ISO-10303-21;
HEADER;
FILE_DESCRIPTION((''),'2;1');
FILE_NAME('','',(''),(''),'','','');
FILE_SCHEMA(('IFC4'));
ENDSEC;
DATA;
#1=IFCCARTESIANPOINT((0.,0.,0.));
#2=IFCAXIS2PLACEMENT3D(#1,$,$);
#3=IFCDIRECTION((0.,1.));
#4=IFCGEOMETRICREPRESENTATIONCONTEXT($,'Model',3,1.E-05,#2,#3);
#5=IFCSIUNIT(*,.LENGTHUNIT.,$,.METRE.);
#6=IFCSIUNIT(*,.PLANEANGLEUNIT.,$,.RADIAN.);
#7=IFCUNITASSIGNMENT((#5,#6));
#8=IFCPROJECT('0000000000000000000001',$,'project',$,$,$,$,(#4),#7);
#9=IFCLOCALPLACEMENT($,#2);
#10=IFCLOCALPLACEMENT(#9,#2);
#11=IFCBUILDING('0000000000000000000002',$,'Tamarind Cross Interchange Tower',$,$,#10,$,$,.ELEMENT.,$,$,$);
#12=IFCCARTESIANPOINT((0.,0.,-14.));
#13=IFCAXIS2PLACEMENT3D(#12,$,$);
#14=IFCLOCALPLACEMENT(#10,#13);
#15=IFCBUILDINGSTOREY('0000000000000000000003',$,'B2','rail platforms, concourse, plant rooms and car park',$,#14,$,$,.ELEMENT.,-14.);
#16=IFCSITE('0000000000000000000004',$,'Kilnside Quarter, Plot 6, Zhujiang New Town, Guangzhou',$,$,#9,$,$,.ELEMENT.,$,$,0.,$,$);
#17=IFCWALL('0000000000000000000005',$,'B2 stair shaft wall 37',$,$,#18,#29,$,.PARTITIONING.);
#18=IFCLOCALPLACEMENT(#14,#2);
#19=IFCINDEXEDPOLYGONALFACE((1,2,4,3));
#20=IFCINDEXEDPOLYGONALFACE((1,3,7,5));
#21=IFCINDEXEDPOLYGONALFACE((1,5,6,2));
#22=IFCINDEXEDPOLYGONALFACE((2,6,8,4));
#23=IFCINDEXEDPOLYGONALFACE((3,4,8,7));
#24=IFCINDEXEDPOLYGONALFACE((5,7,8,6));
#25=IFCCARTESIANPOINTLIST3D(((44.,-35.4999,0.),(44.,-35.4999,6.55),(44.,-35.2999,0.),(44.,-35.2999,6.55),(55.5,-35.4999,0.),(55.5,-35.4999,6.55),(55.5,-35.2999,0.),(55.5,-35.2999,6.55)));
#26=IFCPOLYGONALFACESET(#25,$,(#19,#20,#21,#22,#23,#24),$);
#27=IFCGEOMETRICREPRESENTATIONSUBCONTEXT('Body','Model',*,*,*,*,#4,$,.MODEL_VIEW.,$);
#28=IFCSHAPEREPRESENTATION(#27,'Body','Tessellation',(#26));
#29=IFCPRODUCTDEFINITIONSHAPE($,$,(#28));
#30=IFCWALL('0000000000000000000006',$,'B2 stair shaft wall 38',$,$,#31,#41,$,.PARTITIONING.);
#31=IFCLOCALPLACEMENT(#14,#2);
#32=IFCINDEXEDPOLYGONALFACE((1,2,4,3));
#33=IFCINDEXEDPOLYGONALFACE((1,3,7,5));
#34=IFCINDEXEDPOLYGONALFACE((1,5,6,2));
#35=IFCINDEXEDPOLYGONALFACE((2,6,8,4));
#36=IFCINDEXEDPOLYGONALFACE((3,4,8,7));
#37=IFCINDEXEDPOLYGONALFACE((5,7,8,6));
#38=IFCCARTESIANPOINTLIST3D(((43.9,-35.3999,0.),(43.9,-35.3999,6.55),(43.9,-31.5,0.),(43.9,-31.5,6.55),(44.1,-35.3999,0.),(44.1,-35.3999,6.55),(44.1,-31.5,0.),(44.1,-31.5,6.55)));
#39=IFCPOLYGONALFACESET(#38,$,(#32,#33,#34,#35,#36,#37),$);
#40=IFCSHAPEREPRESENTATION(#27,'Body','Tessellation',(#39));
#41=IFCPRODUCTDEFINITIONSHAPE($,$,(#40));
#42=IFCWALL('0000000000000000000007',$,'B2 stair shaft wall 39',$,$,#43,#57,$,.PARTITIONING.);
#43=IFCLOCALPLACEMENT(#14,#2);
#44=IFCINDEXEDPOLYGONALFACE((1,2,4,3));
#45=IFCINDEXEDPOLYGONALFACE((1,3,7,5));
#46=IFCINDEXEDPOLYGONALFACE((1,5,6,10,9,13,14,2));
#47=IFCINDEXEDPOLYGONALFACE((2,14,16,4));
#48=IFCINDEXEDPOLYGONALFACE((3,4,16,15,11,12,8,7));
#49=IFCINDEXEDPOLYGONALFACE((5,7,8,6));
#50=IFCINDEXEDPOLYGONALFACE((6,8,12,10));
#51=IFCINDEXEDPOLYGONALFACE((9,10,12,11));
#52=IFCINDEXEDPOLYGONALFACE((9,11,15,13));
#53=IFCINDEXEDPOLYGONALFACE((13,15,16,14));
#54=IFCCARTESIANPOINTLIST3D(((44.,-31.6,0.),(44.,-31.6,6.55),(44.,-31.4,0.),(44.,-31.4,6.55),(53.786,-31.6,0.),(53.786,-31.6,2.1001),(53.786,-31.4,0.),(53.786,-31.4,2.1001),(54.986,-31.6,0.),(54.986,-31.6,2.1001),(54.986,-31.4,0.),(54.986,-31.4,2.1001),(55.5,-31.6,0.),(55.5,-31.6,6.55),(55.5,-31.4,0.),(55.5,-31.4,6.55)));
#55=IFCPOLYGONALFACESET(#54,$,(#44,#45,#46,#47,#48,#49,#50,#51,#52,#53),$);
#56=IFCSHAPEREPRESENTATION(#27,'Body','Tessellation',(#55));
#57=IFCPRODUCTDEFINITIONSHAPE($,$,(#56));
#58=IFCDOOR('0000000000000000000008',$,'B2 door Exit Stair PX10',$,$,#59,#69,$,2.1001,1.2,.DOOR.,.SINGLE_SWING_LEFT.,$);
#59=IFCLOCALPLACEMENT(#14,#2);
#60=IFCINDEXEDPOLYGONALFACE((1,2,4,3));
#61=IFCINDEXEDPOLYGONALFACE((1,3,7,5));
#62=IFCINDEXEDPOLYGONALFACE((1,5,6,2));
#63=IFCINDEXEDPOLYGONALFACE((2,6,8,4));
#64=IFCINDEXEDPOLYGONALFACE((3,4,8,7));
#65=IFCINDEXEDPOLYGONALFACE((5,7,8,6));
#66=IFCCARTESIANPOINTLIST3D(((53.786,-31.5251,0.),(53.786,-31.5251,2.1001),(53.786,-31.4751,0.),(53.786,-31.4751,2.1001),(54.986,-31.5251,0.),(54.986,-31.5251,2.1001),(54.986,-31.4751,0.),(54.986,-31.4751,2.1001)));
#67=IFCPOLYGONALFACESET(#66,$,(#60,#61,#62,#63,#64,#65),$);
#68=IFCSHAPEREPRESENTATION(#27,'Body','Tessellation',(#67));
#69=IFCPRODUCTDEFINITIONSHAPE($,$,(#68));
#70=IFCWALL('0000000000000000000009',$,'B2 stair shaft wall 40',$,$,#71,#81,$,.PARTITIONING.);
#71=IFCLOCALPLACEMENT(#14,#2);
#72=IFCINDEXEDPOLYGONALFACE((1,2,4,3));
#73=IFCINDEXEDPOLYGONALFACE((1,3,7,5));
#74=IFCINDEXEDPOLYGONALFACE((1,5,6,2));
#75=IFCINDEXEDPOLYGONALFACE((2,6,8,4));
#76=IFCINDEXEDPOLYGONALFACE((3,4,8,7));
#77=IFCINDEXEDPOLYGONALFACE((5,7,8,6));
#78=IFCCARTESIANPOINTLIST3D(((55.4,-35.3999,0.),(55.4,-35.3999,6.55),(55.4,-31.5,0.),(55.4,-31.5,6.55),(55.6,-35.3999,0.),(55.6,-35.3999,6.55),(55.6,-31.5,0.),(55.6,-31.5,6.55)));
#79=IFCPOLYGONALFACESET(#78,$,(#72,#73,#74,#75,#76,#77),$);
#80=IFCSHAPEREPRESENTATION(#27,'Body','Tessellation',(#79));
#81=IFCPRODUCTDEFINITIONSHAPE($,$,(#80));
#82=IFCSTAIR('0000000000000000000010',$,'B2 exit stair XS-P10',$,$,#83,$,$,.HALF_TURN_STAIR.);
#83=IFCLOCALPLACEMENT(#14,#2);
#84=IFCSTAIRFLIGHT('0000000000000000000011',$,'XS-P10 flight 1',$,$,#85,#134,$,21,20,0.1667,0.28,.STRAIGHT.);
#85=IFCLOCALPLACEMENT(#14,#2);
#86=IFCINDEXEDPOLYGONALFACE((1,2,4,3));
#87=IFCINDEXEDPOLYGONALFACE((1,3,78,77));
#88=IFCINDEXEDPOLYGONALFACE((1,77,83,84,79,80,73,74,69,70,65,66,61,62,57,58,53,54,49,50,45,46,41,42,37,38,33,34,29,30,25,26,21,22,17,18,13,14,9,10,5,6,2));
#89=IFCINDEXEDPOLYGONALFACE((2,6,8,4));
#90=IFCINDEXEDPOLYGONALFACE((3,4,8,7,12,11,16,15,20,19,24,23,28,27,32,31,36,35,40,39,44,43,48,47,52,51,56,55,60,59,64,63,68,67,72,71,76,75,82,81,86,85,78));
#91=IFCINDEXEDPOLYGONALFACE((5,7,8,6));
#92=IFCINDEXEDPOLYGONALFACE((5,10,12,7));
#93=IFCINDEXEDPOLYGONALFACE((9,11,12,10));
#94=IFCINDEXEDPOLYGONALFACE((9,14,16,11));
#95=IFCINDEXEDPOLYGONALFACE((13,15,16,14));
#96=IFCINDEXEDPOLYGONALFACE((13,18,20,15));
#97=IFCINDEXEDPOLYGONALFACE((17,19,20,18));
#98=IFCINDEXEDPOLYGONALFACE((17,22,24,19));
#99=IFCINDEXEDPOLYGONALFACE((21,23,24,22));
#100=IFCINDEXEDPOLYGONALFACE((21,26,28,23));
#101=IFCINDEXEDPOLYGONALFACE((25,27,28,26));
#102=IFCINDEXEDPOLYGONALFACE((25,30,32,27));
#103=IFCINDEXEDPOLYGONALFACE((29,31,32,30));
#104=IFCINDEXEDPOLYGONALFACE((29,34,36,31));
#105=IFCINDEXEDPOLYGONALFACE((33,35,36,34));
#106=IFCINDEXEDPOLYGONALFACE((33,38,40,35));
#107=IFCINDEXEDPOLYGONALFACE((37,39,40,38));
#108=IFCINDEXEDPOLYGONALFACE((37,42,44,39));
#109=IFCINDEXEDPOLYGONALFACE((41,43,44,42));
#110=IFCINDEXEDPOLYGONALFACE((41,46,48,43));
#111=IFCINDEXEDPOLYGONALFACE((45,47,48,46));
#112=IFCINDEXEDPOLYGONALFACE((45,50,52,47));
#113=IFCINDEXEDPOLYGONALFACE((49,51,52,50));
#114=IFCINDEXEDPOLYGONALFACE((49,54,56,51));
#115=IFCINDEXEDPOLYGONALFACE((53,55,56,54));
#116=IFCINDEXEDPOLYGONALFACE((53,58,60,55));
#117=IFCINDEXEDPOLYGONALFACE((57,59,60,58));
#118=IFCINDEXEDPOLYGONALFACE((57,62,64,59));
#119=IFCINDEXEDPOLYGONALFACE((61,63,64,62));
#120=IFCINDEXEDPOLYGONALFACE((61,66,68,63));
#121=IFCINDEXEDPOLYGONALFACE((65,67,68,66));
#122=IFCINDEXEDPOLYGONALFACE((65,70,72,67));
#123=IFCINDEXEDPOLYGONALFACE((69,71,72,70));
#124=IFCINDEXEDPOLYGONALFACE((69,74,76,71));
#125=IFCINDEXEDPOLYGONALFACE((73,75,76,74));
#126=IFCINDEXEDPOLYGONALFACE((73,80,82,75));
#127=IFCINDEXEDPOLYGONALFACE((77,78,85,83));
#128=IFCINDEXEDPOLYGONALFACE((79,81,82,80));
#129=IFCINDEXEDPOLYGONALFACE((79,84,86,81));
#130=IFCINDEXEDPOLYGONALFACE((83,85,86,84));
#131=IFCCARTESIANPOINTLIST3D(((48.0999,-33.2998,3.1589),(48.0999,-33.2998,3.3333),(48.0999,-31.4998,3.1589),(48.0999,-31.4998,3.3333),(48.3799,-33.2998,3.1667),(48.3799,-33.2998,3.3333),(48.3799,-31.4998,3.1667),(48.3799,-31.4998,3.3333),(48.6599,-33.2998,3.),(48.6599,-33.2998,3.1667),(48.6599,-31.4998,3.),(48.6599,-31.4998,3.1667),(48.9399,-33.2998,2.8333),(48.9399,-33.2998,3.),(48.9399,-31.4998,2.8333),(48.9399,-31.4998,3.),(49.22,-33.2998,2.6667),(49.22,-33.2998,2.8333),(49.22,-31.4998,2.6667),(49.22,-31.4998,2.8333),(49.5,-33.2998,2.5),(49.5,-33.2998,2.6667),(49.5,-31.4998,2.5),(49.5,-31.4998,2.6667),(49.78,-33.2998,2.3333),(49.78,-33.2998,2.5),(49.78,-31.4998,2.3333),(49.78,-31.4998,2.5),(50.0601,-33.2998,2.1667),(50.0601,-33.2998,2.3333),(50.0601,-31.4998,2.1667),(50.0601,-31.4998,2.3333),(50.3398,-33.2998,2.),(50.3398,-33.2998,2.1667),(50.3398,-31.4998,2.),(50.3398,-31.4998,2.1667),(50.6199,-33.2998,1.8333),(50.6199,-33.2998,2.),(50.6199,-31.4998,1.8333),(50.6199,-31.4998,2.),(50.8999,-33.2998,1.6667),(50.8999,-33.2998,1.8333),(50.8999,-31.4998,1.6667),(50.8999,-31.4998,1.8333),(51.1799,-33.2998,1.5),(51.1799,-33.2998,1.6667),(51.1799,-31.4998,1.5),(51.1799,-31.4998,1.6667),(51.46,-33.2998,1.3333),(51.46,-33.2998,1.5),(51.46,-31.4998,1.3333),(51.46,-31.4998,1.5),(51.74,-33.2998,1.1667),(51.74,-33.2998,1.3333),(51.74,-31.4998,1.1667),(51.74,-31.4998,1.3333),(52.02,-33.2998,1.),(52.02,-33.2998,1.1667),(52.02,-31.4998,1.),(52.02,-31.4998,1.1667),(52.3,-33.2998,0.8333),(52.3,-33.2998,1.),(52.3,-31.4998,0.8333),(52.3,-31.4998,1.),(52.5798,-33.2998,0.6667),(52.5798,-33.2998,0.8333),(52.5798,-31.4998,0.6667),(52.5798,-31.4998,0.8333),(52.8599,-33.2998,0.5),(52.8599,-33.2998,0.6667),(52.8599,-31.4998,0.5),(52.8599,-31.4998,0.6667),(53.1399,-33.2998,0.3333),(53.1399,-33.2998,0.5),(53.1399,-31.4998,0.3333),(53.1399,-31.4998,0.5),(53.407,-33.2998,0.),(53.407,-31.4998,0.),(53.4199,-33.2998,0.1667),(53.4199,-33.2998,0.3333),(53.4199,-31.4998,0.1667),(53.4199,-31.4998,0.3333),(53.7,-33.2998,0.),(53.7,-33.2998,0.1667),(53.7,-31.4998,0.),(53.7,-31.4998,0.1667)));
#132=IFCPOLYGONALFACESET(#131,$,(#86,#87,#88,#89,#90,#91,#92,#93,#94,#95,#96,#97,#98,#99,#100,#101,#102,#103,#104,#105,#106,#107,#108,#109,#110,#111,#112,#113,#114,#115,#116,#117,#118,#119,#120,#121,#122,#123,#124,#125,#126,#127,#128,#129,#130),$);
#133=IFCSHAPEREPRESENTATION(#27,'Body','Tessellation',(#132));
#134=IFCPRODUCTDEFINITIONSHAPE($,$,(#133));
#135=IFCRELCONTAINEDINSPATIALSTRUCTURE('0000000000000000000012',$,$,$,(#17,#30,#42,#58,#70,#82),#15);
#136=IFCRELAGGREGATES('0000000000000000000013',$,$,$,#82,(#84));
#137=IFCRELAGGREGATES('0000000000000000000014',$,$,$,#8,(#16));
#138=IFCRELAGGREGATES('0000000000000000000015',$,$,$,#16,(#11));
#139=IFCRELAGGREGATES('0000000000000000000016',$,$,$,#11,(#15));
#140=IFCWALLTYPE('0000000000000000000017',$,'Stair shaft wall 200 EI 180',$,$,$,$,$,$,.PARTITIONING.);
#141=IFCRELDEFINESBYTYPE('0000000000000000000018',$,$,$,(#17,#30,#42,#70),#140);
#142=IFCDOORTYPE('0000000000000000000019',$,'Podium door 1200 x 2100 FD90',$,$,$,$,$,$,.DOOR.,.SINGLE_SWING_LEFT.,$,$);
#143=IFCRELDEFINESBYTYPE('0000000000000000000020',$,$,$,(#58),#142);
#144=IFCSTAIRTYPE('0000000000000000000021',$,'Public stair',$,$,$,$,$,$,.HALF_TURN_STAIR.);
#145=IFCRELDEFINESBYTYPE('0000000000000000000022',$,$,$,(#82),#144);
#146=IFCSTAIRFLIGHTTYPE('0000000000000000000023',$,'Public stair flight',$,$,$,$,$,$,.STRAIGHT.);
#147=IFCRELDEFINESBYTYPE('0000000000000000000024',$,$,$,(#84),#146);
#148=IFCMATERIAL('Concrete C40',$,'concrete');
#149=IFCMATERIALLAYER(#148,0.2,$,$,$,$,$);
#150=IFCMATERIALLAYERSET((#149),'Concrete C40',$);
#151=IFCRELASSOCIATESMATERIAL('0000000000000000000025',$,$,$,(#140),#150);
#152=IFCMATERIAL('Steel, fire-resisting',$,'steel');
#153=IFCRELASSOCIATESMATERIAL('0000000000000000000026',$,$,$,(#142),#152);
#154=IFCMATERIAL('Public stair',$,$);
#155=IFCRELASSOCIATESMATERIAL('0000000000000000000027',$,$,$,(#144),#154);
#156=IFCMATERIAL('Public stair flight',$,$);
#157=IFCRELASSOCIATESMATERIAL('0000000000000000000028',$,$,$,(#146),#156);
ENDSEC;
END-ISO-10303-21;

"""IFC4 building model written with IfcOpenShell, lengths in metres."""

from ifc_helpers import new_model, si_unit, direction, frame, frame_2d, origin, place, context, subcontext, project, spatial, polyline, rectangle, outline, extrude, material, layer, layer_set, type_object, element, fill, aggregate, save


model = new_model("IFC4")

# Units and contexts
model_context = context("Model", 3, precision=1e-05, world=origin(), true_north=direction((0.0, 1.0)))
body_context = subcontext(model_context, "Body", "Model", "MODEL_VIEW")
ifc_project = project(units=[si_unit("LENGTHUNIT", "METRE"), si_unit("PLANEANGLEUNIT", "RADIAN")], contexts=[model_context])

# Site, building, storey
site_placement = place(None, origin())
site = spatial("IfcSite", under=ifc_project, at=site_placement, Name="Kilnside Quarter, Plot 6, Zhujiang New Town, Guangzhou", CompositionType="ELEMENT", RefElevation=0.0)
building_placement = place(site_placement, origin())
building = spatial("IfcBuilding", under=site, at=building_placement, Name="Tamarind Cross Interchange Tower", CompositionType="ELEMENT")
storey_placement = place(building_placement, frame((0.0, 0.0, -14.0)))
storey = spatial("IfcBuildingStorey", under=building, at=storey_placement, Name="B2", Description="rail platforms, concourse, plant rooms and car park", CompositionType="ELEMENT", Elevation=-14.0)

# Shared definitions
ifc_material_1 = material(Name="Concrete C40", Category="concrete")

# Shared definitions
ifc_material_2 = material(Name="Steel, fire-resisting", Category="steel")

# Walls
ifc_layer_1 = layer(ifc_material_1, 0.2)
ifc_layer_set_1 = layer_set([ifc_layer_1], Name="Concrete C40")
wall_type_1 = type_object("IfcWallType", Name="Stair shaft wall 200 EI 180", PredefinedType="PARTITIONING", material=ifc_layer_set_1)
wall_1_placement = place(storey_placement, frame((44.0, -35.3999, 0.0), z_axis=(0.0, 0.0, 1.0), x_axis=(1.0, 0.0, 0.0)))
element("IfcWall", 1, at=wall_1_placement, inside=storey, type_object=wall_type_1, Name="B2 stair shaft wall 37", PredefinedType="PARTITIONING", context=body_context, shape_type="SweptSolid", body=[
    extrude(rectangle(XDim=11.5, YDim=0.2, at=frame_2d((5.75, 0.0))), origin(), (0.0, 0.0, 1.0), 6.55),
])
wall_2_placement = place(storey_placement, frame((44.0, -35.3999, 0.0), z_axis=(0.0, 0.0, 1.0), x_axis=(0.0, 1.0, 0.0)))
element("IfcWall", 2, at=wall_2_placement, inside=storey, type_object=wall_type_1, Name="B2 stair shaft wall 38", PredefinedType="PARTITIONING", context=body_context, shape_type="SweptSolid", body=[
    extrude(rectangle(XDim=3.8999, YDim=0.2, at=frame_2d((1.95, 0.0))), origin(), (0.0, 0.0, 1.0), 6.55),
])

# Wall, opening, door
wall_3_placement = place(storey_placement, frame((44.0, -31.5, 0.0), z_axis=(0.0, 0.0, 1.0), x_axis=(1.0, 0.0, 0.0)))
wall_3 = element("IfcWall", 3, at=wall_3_placement, inside=storey, type_object=wall_type_1, Name="B2 stair shaft wall 39", PredefinedType="PARTITIONING", context=body_context, shape_type="SweptSolid", body=[
    extrude(rectangle(XDim=11.5, YDim=0.2, at=frame_2d((5.75, 0.0))), origin(), (0.0, 0.0, 1.0), 6.55),
])
opening_1_placement = place(wall_3_placement, frame((9.7859, 0.0, 0.0)))
opening_1 = element("IfcOpeningElement", 4, at=opening_1_placement, cuts=wall_3, PredefinedType="OPENING", context=body_context, shape_type="SweptSolid", body=[
    extrude(rectangle(XDim=1.2, YDim=2.1001, at=frame_2d((0.6001, 1.05))), frame((0.0, 0.1099, 0.0), z_axis=(0.0, -1.0, 0.0), x_axis=(1.0, 0.0, 0.0)), (0.0, 0.0, 1.0), 0.22),
])
door_type_1 = type_object("IfcDoorType", Name="Podium door 1200 x 2100 FD90", OperationType="SINGLE_SWING_LEFT", PredefinedType="DOOR", material=ifc_material_2)
door_1_placement = place(opening_1_placement, origin())
door_1 = element("IfcDoor", 5, at=door_1_placement, inside=storey, type_object=door_type_1, Name="B2 door Exit Stair PX10", OperationType="SINGLE_SWING_LEFT", OverallHeight=2.1001, OverallWidth=1.2, PredefinedType="DOOR", context=body_context, shape_type="SweptSolid", body=[
    extrude(rectangle(XDim=1.2, YDim=2.1001, at=frame_2d((0.6001, 1.05))), frame((0.0, 0.0249, 0.0), z_axis=(0.0, -1.0, 0.0), x_axis=(1.0, 0.0, 0.0)), (0.0, 0.0, 1.0), 0.05),
])
fill(opening_1, door_1)

# Wall
wall_4_placement = place(storey_placement, frame((55.5, -35.3999, 0.0), z_axis=(0.0, 0.0, 1.0), x_axis=(0.0, 1.0, 0.0)))
element("IfcWall", 6, at=wall_4_placement, inside=storey, type_object=wall_type_1, Name="B2 stair shaft wall 40", PredefinedType="PARTITIONING", context=body_context, shape_type="SweptSolid", body=[
    extrude(rectangle(XDim=3.8999, YDim=0.2, at=frame_2d((1.95, 0.0))), origin(), (0.0, 0.0, 1.0), 6.55),
])

# Stair, stair flight
ifc_material_3 = material(Name="Public stair")
stair_type = type_object("IfcStairType", Name="Public stair", PredefinedType="HALF_TURN_STAIR", material=ifc_material_3)
stair_placement = place(storey_placement, origin())
stair = element("IfcStair", 7, at=stair_placement, inside=storey, type_object=stair_type, Name="B2 exit stair XS-P10", PredefinedType="HALF_TURN_STAIR")
ifc_material_4 = material(Name="Public stair flight")
stair_flight_type = type_object("IfcStairFlightType", Name="Public stair flight", PredefinedType="STRAIGHT", material=ifc_material_4)
stair_flight_1_placement = place(storey_placement, frame((53.7, -32.3999, 0.0), z_axis=(0.0, 0.0, 1.0), x_axis=(-1.0, 0.0, 0.0)))
stair_flight_1 = element("IfcStairFlight", 8, at=stair_flight_1_placement, type_object=stair_flight_type, Name="XS-P10 flight 1", NumberOfRisers=21, NumberOfTreads=20, PredefinedType="STRAIGHT", RiserHeight=0.1667, TreadLength=0.28, context=body_context, shape_type="SweptSolid", body=[
    extrude(outline(polyline([(0.0, 0.0), (0.0, 0.1667), (0.28, 0.1667), (0.28, 0.3333), (0.5601, 0.3333), (0.5601, 0.5), (0.8401, 0.5), (0.8401, 0.6667), (1.1201, 0.6667), (1.1201, 0.8333), (1.3999, 0.8333), (1.3999, 1.0), (1.6799, 1.0), (1.6799, 1.1667), (1.96, 1.1667), (1.96, 1.3333), (2.24, 1.3333), (2.24, 1.5), (2.52, 1.5), (2.52, 1.6667), (2.8, 1.6667), (2.8, 1.8333), (3.0801, 1.8333), (3.0801, 2.0), (3.3601, 2.0), (3.3601, 2.1667), (3.6399, 2.1667), (3.6399, 2.3333), (3.9199, 2.3333), (3.9199, 2.5), (4.2, 2.5), (4.2, 2.6667), (4.48, 2.6667), (4.48, 2.8333), (4.76, 2.8333), (4.76, 3.0), (5.04, 3.0), (5.04, 3.1667), (5.3201, 3.1667), (5.3201, 3.3333), (5.6001, 3.3333), (5.6001, 3.5), (5.6001, 3.1589), (0.293, 0.0), (0.0, 0.0)])), frame((0.0, 0.8999, 0.0), z_axis=(0.0, -1.0, 0.0), x_axis=(1.0, 0.0, 0.0)), (0.0, 0.0, 1.0), 1.8),
])
aggregate(stair, [stair_flight_1])

save(model, "model.ifc")
